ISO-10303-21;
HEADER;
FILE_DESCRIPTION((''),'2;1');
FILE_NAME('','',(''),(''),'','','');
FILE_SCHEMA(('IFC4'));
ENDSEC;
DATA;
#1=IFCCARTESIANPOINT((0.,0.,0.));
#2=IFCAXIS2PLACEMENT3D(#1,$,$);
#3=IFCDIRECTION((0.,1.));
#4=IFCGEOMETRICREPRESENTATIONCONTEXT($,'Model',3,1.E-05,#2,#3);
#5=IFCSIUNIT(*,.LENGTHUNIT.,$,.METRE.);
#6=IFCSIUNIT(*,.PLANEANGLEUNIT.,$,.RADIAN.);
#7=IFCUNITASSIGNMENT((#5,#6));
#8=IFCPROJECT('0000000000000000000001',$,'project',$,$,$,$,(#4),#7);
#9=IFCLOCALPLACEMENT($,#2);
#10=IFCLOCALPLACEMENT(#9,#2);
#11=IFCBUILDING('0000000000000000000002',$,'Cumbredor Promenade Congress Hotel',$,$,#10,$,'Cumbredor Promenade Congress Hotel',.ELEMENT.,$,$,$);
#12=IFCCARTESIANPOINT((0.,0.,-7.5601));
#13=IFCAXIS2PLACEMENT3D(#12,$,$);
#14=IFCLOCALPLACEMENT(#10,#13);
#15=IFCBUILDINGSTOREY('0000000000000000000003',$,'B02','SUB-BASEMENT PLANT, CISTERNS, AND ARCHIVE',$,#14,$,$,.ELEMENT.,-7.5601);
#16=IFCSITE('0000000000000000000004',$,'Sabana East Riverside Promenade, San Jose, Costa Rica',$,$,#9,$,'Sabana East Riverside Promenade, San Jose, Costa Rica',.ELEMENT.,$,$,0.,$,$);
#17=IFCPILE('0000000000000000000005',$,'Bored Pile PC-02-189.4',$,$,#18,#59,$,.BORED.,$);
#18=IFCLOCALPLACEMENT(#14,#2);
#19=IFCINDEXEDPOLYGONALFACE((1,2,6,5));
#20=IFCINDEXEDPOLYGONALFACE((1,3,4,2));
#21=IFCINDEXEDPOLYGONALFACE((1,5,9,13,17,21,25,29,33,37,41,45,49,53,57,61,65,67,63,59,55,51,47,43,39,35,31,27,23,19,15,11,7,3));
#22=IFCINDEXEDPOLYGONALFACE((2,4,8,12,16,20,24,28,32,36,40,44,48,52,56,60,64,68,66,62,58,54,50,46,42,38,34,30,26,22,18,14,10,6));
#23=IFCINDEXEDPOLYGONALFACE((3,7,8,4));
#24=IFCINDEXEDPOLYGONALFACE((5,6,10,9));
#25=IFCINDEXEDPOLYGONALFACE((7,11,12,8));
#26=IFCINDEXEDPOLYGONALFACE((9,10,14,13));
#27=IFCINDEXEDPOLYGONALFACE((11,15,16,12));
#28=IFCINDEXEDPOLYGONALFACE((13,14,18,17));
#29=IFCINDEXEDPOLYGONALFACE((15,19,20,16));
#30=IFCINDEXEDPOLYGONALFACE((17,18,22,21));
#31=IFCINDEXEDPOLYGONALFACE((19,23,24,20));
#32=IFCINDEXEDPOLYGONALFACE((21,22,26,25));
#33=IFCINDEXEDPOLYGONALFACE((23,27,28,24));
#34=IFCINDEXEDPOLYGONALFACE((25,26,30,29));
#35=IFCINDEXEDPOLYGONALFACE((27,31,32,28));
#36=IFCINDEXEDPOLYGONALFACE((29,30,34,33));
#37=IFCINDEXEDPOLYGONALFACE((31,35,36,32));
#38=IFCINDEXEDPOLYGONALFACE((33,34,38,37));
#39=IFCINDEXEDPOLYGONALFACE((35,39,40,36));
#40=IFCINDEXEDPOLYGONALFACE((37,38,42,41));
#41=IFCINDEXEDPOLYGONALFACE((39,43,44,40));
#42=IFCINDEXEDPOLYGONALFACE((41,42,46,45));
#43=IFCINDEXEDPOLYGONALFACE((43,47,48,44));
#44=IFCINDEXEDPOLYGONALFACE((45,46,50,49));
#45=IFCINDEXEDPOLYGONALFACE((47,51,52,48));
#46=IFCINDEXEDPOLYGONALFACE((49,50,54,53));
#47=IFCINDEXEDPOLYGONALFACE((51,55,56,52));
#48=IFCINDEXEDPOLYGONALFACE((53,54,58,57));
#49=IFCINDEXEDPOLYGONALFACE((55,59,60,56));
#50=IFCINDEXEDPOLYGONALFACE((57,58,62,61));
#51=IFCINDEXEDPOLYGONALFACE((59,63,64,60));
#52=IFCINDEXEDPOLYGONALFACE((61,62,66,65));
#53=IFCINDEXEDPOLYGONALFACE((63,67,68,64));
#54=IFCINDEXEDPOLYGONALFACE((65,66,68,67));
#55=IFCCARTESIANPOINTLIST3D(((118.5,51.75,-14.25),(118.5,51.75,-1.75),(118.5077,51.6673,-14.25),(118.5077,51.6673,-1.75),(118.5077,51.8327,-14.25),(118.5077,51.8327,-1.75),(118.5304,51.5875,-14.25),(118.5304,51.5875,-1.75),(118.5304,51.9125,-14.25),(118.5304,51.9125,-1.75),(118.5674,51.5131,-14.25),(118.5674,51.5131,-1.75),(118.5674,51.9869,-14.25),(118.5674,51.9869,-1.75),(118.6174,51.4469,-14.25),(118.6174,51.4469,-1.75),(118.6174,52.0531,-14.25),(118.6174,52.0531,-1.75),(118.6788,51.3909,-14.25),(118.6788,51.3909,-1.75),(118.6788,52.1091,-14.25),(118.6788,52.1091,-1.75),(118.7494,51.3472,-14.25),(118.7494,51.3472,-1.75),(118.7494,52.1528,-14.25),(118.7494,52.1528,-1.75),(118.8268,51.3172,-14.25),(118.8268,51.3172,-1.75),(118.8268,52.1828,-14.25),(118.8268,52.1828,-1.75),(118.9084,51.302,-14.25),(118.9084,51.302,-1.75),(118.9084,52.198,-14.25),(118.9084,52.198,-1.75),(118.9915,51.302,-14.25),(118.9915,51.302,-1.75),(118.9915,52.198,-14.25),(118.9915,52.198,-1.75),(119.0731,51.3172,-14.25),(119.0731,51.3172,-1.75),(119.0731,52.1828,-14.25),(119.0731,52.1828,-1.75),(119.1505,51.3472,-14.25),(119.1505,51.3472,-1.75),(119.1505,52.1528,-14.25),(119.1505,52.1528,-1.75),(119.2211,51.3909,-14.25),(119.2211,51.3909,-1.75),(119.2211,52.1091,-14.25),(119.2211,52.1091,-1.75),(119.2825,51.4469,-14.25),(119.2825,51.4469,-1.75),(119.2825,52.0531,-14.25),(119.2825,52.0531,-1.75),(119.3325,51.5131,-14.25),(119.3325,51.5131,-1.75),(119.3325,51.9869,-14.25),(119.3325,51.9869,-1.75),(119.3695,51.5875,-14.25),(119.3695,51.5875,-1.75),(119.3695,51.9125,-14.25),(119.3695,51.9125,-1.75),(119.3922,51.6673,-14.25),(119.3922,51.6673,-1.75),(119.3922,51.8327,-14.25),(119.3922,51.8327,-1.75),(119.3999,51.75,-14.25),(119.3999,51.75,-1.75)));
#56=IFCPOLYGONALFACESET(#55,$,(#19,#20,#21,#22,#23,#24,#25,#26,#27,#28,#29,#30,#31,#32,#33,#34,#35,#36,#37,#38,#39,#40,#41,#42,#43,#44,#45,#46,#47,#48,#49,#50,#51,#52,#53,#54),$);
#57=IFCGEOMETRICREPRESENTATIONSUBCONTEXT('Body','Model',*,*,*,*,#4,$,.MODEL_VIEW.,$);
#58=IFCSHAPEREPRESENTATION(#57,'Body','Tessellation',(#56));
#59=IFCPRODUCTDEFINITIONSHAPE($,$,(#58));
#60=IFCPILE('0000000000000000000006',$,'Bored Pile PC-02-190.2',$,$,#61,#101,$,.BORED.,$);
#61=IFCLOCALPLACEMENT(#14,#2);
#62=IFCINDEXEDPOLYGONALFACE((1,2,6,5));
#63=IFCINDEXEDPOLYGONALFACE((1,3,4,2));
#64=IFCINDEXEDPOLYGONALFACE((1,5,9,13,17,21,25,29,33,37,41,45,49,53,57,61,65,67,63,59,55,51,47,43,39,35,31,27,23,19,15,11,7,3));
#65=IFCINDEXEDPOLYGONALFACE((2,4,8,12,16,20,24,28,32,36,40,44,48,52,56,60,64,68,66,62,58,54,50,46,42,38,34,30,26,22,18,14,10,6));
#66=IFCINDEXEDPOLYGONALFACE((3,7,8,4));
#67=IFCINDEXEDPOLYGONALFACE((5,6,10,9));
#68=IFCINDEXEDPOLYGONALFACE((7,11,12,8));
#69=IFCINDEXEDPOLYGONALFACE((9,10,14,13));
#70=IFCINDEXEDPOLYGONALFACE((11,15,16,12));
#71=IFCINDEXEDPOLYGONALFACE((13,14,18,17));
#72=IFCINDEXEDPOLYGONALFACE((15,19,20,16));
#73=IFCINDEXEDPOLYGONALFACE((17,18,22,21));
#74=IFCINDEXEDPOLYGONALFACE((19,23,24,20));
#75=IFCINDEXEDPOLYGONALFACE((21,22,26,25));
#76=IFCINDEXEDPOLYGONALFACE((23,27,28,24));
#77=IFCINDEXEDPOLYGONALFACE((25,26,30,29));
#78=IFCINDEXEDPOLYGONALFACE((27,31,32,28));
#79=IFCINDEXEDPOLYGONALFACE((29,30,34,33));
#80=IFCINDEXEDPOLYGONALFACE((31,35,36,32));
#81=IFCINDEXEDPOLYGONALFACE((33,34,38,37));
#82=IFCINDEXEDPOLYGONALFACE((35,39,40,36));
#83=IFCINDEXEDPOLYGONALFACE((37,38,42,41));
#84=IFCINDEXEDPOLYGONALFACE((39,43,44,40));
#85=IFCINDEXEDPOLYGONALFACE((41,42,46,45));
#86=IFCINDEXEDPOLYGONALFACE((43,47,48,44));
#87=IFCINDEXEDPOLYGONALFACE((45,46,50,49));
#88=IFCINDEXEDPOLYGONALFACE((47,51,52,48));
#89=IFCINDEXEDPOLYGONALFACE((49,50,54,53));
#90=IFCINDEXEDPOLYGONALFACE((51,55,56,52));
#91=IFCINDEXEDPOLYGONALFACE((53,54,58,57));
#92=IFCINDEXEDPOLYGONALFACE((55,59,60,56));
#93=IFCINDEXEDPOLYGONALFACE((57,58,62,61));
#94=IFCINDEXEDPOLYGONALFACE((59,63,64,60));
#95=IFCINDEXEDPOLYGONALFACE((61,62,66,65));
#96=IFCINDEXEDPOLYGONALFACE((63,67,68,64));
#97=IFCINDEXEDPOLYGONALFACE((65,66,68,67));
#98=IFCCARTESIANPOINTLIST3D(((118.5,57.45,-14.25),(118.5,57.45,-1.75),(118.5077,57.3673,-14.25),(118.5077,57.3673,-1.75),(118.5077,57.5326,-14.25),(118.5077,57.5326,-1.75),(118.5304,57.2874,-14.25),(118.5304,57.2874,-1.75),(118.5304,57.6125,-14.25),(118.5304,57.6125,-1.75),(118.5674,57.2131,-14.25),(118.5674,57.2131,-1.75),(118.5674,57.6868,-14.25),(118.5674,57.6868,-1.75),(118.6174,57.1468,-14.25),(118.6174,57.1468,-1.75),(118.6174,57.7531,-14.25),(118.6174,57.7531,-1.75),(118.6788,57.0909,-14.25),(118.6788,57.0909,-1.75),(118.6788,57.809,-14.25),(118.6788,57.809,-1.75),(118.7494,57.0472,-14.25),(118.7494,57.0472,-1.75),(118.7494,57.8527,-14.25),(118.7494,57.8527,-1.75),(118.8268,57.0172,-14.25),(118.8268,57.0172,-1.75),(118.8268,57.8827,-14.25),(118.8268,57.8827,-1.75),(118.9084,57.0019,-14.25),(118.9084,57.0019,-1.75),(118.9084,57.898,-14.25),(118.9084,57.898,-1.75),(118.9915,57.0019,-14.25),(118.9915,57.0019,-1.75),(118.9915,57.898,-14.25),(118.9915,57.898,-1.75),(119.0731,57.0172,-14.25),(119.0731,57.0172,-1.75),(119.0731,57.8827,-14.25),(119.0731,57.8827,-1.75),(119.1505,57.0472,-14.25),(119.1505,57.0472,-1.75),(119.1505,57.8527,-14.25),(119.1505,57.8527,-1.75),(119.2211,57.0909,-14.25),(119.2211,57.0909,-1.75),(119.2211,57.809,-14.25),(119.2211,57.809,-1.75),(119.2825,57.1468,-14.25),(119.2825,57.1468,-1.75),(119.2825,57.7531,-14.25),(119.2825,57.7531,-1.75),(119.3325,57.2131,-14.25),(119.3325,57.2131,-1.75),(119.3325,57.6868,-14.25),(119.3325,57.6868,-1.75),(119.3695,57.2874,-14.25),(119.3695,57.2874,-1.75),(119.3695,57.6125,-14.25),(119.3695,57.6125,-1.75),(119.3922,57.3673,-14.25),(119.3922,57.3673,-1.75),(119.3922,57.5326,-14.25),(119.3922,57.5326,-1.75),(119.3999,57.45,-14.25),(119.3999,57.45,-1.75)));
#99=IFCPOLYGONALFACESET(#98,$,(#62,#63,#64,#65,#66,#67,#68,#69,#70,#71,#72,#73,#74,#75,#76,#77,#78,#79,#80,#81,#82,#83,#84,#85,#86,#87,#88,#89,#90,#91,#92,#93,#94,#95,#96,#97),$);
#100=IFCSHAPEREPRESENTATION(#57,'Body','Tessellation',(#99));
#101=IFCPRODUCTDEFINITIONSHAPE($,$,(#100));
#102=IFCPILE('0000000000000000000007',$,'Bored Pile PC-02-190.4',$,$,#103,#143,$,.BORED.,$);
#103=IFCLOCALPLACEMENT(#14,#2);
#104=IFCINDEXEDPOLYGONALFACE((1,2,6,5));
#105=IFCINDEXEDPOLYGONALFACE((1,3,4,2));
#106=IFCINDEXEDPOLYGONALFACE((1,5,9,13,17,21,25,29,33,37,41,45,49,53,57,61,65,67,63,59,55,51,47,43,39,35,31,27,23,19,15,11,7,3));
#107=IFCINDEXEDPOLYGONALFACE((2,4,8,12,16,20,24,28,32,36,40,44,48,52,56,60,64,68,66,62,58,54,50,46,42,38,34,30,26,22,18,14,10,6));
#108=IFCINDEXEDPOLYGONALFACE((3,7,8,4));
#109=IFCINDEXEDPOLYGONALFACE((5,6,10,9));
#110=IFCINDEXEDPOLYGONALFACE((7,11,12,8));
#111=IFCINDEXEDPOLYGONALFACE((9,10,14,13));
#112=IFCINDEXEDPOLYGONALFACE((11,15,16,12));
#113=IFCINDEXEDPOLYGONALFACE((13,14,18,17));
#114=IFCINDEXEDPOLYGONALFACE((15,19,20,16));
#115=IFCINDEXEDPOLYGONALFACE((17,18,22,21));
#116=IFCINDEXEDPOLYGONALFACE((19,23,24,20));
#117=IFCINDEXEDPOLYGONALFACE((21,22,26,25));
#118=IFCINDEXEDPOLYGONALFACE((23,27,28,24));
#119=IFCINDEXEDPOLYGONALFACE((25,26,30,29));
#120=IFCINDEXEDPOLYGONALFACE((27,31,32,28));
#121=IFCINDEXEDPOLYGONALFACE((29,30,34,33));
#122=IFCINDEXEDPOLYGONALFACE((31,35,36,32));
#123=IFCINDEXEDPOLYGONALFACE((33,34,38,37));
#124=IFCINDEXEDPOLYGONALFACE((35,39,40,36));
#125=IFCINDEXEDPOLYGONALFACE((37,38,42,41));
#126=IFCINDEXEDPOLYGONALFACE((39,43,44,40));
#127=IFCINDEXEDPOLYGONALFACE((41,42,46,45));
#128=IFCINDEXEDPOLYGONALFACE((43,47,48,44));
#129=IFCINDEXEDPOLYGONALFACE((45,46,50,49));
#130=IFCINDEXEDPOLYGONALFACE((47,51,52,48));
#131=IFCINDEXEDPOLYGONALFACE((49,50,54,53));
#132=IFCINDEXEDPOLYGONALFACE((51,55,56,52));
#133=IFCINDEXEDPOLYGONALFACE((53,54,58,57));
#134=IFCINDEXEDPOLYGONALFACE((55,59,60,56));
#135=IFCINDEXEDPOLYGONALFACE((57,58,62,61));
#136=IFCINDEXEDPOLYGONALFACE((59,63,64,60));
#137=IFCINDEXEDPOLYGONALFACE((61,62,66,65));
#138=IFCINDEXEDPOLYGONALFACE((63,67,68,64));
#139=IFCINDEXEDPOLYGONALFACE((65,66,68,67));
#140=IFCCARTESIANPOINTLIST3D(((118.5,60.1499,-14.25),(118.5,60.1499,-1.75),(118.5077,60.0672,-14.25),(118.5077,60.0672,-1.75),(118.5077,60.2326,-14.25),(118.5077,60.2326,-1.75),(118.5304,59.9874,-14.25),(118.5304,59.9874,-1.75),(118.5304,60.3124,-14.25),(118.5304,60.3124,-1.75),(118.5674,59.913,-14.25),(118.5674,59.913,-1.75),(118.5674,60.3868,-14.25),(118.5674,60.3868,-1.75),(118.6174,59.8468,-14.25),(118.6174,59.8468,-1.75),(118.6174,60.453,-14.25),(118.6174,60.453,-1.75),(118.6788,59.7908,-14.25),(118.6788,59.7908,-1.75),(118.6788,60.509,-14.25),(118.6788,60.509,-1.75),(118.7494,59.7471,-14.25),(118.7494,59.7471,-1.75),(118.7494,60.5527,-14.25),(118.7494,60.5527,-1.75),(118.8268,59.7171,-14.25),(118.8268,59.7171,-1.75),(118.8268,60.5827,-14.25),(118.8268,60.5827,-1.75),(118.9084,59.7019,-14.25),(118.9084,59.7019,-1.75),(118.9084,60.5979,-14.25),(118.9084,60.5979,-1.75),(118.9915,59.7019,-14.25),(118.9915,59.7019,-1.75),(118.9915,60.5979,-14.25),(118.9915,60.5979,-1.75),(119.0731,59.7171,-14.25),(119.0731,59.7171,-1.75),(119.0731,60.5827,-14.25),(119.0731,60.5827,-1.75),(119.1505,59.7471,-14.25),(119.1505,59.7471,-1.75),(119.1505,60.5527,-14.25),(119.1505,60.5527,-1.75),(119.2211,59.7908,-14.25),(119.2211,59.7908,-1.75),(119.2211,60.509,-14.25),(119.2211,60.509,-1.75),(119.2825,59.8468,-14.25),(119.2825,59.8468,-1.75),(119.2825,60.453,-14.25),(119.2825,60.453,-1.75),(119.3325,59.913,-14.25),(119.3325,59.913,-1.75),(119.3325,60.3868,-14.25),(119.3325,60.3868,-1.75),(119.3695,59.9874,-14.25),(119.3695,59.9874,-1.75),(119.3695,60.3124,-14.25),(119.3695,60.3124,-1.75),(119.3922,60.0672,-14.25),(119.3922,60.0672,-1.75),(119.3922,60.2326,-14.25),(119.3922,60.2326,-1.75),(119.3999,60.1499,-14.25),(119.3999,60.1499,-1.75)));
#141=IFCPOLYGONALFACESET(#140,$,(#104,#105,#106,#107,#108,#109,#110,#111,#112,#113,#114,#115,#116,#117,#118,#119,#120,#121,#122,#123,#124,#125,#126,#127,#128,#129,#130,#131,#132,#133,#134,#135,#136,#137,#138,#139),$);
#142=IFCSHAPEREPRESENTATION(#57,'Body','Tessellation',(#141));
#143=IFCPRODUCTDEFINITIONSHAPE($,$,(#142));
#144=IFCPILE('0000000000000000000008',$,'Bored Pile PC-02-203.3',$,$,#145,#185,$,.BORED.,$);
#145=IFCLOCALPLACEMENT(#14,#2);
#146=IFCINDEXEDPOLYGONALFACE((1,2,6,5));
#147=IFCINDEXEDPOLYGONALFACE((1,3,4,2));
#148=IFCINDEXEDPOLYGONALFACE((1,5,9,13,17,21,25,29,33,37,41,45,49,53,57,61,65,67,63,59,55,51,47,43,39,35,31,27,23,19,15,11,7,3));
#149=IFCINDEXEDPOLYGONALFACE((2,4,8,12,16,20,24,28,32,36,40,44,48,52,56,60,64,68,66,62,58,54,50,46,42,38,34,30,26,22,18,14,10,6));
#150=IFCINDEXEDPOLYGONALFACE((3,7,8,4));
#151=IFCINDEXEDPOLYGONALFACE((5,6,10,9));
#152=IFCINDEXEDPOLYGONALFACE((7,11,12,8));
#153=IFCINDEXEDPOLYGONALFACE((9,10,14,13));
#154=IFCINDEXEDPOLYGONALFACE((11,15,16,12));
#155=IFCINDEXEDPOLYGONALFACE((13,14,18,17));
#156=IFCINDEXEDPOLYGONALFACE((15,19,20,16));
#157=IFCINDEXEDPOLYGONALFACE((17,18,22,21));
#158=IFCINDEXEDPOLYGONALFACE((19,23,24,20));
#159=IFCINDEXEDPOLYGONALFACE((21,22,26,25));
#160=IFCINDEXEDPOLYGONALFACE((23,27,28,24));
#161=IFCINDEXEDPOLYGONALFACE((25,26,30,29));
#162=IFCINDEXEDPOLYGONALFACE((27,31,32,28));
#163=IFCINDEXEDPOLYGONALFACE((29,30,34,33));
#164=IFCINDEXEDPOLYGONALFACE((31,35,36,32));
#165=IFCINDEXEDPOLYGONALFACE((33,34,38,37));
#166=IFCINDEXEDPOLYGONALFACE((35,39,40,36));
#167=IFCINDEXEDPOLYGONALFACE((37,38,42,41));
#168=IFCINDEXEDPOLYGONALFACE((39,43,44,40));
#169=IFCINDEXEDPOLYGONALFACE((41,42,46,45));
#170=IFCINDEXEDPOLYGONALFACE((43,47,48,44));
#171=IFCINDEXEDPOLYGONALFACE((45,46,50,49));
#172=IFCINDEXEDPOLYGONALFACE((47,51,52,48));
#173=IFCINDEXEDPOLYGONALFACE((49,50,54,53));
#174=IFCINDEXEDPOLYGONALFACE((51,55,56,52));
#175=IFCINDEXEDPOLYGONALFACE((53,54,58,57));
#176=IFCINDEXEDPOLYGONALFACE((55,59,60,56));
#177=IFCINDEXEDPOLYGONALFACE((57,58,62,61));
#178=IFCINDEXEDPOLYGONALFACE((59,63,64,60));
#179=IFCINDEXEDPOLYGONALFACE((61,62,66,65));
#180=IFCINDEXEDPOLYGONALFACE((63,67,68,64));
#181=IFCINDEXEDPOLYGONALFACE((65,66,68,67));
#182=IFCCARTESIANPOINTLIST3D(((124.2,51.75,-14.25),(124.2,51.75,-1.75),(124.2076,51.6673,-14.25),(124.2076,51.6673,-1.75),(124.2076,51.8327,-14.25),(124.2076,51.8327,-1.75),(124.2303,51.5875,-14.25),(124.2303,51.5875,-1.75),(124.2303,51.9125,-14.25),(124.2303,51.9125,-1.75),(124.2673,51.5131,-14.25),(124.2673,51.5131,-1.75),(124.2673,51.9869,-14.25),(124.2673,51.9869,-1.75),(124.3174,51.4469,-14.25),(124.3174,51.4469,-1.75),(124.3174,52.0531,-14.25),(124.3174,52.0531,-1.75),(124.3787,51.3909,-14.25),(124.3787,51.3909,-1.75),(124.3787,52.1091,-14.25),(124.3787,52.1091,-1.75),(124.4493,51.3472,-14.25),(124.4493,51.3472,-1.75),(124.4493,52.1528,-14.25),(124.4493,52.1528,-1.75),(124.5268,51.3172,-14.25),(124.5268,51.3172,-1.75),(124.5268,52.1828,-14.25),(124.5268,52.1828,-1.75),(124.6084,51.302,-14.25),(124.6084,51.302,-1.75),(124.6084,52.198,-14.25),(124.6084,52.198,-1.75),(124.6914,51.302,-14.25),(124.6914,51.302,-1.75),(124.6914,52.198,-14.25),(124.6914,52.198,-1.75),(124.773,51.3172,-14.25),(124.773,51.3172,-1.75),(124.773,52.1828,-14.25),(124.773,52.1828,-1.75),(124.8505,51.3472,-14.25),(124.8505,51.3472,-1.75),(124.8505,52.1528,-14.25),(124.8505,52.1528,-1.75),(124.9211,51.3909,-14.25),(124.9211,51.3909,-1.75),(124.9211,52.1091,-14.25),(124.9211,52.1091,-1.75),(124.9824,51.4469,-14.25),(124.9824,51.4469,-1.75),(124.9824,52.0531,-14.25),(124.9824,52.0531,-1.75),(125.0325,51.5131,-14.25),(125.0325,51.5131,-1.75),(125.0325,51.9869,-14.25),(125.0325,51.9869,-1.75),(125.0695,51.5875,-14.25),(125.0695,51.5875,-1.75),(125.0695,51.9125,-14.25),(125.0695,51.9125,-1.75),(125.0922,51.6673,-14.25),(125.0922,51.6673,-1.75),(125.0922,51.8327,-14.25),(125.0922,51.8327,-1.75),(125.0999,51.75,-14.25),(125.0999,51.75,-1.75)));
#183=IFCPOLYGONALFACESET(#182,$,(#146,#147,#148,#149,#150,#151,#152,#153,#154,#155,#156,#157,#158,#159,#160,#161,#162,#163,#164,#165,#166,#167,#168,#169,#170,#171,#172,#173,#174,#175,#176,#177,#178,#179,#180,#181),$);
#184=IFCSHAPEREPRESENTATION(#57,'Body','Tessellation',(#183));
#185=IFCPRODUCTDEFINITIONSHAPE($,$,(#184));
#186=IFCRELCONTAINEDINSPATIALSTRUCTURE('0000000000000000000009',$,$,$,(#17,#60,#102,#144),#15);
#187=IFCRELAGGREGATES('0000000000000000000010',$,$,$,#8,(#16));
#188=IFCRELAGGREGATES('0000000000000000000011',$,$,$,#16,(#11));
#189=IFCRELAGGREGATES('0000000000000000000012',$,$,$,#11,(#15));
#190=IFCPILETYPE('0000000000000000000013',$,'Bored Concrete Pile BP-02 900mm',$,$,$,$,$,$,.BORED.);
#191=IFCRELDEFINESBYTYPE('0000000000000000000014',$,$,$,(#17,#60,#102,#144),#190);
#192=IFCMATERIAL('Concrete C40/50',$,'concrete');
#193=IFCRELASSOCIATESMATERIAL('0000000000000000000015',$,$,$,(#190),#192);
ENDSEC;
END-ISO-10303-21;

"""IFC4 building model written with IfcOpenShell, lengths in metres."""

from ifc_helpers import new_model, si_unit, direction, frame, origin, origin_2d, place, context, subcontext, project, spatial, circle, extrude, material, material_profile, profile_set, type_object, element, save


model = new_model("IFC4")

# Units and contexts
model_context = context("Model", 3, precision=1e-05, world=origin(), true_north=direction((0.0, 1.0)))
body_context = subcontext(model_context, "Body", "Model", "MODEL_VIEW")
ifc_project = project(units=[si_unit("LENGTHUNIT", "METRE"), si_unit("PLANEANGLEUNIT", "RADIAN")], contexts=[model_context])

# Site, building, storey
site_placement = place(None, origin())
site = spatial("IfcSite", under=ifc_project, at=site_placement, Name="Sabana East Riverside Promenade, San Jose, Costa Rica", LongName="Sabana East Riverside Promenade, San Jose, Costa Rica", CompositionType="ELEMENT", RefElevation=0.0)
building_placement = place(site_placement, origin())
building = spatial("IfcBuilding", under=site, at=building_placement, Name="Cumbredor Promenade Congress Hotel", LongName="Cumbredor Promenade Congress Hotel", CompositionType="ELEMENT")
storey_placement = place(building_placement, frame((0.0, 0.0, -7.5601)))
storey = spatial("IfcBuildingStorey", under=building, at=storey_placement, Name="B02", Description="SUB-BASEMENT PLANT, CISTERNS, AND ARCHIVE", CompositionType="ELEMENT", Elevation=-7.5601)

# Piles
ifc_material_1 = material(Name="Concrete C40/50", Category="concrete")
ifc_material_profile_1 = material_profile(ifc_material_1, circle(Radius=0.45, at=origin_2d()), Name="PILE D900")
ifc_profile_set_1 = profile_set([ifc_material_profile_1], Name="Concrete C40/50")
pile_type = type_object("IfcPileType", Name="Bored Concrete Pile BP-02 900mm", PredefinedType="BORED", material=ifc_profile_set_1)
for number, where, z_axis, x_axis, name in (
    (1, (118.95, 51.75, -1.75), (0.0, 0.0, -1.0), (1.0, 0.0, 0.0), "Bored Pile PC-02-189.4"),
    (2, (118.95, 57.45, -1.75), (0.0, 0.0, -1.0), (1.0, 0.0, 0.0), "Bored Pile PC-02-190.2"),
    (3, (118.95, 60.1499, -1.75), (0.0, 0.0, -1.0), (1.0, 0.0, 0.0), "Bored Pile PC-02-190.4"),
    (4, (124.6499, 51.75, -1.75), (0.0, 0.0, -1.0), (1.0, 0.0, 0.0), "Bored Pile PC-02-203.3"),
):
    element("IfcPile", number, at=place(storey_placement, frame(where, z_axis=z_axis, x_axis=x_axis)), inside=storey, type_object=pile_type, Name=name, PredefinedType="BORED", context=body_context, shape_type="SweptSolid", body=[
        extrude(circle(Radius=0.45, at=origin_2d()), origin(), (0.0, 0.0, 1.0), 12.5),
    ])

save(model, "model.ifc")
